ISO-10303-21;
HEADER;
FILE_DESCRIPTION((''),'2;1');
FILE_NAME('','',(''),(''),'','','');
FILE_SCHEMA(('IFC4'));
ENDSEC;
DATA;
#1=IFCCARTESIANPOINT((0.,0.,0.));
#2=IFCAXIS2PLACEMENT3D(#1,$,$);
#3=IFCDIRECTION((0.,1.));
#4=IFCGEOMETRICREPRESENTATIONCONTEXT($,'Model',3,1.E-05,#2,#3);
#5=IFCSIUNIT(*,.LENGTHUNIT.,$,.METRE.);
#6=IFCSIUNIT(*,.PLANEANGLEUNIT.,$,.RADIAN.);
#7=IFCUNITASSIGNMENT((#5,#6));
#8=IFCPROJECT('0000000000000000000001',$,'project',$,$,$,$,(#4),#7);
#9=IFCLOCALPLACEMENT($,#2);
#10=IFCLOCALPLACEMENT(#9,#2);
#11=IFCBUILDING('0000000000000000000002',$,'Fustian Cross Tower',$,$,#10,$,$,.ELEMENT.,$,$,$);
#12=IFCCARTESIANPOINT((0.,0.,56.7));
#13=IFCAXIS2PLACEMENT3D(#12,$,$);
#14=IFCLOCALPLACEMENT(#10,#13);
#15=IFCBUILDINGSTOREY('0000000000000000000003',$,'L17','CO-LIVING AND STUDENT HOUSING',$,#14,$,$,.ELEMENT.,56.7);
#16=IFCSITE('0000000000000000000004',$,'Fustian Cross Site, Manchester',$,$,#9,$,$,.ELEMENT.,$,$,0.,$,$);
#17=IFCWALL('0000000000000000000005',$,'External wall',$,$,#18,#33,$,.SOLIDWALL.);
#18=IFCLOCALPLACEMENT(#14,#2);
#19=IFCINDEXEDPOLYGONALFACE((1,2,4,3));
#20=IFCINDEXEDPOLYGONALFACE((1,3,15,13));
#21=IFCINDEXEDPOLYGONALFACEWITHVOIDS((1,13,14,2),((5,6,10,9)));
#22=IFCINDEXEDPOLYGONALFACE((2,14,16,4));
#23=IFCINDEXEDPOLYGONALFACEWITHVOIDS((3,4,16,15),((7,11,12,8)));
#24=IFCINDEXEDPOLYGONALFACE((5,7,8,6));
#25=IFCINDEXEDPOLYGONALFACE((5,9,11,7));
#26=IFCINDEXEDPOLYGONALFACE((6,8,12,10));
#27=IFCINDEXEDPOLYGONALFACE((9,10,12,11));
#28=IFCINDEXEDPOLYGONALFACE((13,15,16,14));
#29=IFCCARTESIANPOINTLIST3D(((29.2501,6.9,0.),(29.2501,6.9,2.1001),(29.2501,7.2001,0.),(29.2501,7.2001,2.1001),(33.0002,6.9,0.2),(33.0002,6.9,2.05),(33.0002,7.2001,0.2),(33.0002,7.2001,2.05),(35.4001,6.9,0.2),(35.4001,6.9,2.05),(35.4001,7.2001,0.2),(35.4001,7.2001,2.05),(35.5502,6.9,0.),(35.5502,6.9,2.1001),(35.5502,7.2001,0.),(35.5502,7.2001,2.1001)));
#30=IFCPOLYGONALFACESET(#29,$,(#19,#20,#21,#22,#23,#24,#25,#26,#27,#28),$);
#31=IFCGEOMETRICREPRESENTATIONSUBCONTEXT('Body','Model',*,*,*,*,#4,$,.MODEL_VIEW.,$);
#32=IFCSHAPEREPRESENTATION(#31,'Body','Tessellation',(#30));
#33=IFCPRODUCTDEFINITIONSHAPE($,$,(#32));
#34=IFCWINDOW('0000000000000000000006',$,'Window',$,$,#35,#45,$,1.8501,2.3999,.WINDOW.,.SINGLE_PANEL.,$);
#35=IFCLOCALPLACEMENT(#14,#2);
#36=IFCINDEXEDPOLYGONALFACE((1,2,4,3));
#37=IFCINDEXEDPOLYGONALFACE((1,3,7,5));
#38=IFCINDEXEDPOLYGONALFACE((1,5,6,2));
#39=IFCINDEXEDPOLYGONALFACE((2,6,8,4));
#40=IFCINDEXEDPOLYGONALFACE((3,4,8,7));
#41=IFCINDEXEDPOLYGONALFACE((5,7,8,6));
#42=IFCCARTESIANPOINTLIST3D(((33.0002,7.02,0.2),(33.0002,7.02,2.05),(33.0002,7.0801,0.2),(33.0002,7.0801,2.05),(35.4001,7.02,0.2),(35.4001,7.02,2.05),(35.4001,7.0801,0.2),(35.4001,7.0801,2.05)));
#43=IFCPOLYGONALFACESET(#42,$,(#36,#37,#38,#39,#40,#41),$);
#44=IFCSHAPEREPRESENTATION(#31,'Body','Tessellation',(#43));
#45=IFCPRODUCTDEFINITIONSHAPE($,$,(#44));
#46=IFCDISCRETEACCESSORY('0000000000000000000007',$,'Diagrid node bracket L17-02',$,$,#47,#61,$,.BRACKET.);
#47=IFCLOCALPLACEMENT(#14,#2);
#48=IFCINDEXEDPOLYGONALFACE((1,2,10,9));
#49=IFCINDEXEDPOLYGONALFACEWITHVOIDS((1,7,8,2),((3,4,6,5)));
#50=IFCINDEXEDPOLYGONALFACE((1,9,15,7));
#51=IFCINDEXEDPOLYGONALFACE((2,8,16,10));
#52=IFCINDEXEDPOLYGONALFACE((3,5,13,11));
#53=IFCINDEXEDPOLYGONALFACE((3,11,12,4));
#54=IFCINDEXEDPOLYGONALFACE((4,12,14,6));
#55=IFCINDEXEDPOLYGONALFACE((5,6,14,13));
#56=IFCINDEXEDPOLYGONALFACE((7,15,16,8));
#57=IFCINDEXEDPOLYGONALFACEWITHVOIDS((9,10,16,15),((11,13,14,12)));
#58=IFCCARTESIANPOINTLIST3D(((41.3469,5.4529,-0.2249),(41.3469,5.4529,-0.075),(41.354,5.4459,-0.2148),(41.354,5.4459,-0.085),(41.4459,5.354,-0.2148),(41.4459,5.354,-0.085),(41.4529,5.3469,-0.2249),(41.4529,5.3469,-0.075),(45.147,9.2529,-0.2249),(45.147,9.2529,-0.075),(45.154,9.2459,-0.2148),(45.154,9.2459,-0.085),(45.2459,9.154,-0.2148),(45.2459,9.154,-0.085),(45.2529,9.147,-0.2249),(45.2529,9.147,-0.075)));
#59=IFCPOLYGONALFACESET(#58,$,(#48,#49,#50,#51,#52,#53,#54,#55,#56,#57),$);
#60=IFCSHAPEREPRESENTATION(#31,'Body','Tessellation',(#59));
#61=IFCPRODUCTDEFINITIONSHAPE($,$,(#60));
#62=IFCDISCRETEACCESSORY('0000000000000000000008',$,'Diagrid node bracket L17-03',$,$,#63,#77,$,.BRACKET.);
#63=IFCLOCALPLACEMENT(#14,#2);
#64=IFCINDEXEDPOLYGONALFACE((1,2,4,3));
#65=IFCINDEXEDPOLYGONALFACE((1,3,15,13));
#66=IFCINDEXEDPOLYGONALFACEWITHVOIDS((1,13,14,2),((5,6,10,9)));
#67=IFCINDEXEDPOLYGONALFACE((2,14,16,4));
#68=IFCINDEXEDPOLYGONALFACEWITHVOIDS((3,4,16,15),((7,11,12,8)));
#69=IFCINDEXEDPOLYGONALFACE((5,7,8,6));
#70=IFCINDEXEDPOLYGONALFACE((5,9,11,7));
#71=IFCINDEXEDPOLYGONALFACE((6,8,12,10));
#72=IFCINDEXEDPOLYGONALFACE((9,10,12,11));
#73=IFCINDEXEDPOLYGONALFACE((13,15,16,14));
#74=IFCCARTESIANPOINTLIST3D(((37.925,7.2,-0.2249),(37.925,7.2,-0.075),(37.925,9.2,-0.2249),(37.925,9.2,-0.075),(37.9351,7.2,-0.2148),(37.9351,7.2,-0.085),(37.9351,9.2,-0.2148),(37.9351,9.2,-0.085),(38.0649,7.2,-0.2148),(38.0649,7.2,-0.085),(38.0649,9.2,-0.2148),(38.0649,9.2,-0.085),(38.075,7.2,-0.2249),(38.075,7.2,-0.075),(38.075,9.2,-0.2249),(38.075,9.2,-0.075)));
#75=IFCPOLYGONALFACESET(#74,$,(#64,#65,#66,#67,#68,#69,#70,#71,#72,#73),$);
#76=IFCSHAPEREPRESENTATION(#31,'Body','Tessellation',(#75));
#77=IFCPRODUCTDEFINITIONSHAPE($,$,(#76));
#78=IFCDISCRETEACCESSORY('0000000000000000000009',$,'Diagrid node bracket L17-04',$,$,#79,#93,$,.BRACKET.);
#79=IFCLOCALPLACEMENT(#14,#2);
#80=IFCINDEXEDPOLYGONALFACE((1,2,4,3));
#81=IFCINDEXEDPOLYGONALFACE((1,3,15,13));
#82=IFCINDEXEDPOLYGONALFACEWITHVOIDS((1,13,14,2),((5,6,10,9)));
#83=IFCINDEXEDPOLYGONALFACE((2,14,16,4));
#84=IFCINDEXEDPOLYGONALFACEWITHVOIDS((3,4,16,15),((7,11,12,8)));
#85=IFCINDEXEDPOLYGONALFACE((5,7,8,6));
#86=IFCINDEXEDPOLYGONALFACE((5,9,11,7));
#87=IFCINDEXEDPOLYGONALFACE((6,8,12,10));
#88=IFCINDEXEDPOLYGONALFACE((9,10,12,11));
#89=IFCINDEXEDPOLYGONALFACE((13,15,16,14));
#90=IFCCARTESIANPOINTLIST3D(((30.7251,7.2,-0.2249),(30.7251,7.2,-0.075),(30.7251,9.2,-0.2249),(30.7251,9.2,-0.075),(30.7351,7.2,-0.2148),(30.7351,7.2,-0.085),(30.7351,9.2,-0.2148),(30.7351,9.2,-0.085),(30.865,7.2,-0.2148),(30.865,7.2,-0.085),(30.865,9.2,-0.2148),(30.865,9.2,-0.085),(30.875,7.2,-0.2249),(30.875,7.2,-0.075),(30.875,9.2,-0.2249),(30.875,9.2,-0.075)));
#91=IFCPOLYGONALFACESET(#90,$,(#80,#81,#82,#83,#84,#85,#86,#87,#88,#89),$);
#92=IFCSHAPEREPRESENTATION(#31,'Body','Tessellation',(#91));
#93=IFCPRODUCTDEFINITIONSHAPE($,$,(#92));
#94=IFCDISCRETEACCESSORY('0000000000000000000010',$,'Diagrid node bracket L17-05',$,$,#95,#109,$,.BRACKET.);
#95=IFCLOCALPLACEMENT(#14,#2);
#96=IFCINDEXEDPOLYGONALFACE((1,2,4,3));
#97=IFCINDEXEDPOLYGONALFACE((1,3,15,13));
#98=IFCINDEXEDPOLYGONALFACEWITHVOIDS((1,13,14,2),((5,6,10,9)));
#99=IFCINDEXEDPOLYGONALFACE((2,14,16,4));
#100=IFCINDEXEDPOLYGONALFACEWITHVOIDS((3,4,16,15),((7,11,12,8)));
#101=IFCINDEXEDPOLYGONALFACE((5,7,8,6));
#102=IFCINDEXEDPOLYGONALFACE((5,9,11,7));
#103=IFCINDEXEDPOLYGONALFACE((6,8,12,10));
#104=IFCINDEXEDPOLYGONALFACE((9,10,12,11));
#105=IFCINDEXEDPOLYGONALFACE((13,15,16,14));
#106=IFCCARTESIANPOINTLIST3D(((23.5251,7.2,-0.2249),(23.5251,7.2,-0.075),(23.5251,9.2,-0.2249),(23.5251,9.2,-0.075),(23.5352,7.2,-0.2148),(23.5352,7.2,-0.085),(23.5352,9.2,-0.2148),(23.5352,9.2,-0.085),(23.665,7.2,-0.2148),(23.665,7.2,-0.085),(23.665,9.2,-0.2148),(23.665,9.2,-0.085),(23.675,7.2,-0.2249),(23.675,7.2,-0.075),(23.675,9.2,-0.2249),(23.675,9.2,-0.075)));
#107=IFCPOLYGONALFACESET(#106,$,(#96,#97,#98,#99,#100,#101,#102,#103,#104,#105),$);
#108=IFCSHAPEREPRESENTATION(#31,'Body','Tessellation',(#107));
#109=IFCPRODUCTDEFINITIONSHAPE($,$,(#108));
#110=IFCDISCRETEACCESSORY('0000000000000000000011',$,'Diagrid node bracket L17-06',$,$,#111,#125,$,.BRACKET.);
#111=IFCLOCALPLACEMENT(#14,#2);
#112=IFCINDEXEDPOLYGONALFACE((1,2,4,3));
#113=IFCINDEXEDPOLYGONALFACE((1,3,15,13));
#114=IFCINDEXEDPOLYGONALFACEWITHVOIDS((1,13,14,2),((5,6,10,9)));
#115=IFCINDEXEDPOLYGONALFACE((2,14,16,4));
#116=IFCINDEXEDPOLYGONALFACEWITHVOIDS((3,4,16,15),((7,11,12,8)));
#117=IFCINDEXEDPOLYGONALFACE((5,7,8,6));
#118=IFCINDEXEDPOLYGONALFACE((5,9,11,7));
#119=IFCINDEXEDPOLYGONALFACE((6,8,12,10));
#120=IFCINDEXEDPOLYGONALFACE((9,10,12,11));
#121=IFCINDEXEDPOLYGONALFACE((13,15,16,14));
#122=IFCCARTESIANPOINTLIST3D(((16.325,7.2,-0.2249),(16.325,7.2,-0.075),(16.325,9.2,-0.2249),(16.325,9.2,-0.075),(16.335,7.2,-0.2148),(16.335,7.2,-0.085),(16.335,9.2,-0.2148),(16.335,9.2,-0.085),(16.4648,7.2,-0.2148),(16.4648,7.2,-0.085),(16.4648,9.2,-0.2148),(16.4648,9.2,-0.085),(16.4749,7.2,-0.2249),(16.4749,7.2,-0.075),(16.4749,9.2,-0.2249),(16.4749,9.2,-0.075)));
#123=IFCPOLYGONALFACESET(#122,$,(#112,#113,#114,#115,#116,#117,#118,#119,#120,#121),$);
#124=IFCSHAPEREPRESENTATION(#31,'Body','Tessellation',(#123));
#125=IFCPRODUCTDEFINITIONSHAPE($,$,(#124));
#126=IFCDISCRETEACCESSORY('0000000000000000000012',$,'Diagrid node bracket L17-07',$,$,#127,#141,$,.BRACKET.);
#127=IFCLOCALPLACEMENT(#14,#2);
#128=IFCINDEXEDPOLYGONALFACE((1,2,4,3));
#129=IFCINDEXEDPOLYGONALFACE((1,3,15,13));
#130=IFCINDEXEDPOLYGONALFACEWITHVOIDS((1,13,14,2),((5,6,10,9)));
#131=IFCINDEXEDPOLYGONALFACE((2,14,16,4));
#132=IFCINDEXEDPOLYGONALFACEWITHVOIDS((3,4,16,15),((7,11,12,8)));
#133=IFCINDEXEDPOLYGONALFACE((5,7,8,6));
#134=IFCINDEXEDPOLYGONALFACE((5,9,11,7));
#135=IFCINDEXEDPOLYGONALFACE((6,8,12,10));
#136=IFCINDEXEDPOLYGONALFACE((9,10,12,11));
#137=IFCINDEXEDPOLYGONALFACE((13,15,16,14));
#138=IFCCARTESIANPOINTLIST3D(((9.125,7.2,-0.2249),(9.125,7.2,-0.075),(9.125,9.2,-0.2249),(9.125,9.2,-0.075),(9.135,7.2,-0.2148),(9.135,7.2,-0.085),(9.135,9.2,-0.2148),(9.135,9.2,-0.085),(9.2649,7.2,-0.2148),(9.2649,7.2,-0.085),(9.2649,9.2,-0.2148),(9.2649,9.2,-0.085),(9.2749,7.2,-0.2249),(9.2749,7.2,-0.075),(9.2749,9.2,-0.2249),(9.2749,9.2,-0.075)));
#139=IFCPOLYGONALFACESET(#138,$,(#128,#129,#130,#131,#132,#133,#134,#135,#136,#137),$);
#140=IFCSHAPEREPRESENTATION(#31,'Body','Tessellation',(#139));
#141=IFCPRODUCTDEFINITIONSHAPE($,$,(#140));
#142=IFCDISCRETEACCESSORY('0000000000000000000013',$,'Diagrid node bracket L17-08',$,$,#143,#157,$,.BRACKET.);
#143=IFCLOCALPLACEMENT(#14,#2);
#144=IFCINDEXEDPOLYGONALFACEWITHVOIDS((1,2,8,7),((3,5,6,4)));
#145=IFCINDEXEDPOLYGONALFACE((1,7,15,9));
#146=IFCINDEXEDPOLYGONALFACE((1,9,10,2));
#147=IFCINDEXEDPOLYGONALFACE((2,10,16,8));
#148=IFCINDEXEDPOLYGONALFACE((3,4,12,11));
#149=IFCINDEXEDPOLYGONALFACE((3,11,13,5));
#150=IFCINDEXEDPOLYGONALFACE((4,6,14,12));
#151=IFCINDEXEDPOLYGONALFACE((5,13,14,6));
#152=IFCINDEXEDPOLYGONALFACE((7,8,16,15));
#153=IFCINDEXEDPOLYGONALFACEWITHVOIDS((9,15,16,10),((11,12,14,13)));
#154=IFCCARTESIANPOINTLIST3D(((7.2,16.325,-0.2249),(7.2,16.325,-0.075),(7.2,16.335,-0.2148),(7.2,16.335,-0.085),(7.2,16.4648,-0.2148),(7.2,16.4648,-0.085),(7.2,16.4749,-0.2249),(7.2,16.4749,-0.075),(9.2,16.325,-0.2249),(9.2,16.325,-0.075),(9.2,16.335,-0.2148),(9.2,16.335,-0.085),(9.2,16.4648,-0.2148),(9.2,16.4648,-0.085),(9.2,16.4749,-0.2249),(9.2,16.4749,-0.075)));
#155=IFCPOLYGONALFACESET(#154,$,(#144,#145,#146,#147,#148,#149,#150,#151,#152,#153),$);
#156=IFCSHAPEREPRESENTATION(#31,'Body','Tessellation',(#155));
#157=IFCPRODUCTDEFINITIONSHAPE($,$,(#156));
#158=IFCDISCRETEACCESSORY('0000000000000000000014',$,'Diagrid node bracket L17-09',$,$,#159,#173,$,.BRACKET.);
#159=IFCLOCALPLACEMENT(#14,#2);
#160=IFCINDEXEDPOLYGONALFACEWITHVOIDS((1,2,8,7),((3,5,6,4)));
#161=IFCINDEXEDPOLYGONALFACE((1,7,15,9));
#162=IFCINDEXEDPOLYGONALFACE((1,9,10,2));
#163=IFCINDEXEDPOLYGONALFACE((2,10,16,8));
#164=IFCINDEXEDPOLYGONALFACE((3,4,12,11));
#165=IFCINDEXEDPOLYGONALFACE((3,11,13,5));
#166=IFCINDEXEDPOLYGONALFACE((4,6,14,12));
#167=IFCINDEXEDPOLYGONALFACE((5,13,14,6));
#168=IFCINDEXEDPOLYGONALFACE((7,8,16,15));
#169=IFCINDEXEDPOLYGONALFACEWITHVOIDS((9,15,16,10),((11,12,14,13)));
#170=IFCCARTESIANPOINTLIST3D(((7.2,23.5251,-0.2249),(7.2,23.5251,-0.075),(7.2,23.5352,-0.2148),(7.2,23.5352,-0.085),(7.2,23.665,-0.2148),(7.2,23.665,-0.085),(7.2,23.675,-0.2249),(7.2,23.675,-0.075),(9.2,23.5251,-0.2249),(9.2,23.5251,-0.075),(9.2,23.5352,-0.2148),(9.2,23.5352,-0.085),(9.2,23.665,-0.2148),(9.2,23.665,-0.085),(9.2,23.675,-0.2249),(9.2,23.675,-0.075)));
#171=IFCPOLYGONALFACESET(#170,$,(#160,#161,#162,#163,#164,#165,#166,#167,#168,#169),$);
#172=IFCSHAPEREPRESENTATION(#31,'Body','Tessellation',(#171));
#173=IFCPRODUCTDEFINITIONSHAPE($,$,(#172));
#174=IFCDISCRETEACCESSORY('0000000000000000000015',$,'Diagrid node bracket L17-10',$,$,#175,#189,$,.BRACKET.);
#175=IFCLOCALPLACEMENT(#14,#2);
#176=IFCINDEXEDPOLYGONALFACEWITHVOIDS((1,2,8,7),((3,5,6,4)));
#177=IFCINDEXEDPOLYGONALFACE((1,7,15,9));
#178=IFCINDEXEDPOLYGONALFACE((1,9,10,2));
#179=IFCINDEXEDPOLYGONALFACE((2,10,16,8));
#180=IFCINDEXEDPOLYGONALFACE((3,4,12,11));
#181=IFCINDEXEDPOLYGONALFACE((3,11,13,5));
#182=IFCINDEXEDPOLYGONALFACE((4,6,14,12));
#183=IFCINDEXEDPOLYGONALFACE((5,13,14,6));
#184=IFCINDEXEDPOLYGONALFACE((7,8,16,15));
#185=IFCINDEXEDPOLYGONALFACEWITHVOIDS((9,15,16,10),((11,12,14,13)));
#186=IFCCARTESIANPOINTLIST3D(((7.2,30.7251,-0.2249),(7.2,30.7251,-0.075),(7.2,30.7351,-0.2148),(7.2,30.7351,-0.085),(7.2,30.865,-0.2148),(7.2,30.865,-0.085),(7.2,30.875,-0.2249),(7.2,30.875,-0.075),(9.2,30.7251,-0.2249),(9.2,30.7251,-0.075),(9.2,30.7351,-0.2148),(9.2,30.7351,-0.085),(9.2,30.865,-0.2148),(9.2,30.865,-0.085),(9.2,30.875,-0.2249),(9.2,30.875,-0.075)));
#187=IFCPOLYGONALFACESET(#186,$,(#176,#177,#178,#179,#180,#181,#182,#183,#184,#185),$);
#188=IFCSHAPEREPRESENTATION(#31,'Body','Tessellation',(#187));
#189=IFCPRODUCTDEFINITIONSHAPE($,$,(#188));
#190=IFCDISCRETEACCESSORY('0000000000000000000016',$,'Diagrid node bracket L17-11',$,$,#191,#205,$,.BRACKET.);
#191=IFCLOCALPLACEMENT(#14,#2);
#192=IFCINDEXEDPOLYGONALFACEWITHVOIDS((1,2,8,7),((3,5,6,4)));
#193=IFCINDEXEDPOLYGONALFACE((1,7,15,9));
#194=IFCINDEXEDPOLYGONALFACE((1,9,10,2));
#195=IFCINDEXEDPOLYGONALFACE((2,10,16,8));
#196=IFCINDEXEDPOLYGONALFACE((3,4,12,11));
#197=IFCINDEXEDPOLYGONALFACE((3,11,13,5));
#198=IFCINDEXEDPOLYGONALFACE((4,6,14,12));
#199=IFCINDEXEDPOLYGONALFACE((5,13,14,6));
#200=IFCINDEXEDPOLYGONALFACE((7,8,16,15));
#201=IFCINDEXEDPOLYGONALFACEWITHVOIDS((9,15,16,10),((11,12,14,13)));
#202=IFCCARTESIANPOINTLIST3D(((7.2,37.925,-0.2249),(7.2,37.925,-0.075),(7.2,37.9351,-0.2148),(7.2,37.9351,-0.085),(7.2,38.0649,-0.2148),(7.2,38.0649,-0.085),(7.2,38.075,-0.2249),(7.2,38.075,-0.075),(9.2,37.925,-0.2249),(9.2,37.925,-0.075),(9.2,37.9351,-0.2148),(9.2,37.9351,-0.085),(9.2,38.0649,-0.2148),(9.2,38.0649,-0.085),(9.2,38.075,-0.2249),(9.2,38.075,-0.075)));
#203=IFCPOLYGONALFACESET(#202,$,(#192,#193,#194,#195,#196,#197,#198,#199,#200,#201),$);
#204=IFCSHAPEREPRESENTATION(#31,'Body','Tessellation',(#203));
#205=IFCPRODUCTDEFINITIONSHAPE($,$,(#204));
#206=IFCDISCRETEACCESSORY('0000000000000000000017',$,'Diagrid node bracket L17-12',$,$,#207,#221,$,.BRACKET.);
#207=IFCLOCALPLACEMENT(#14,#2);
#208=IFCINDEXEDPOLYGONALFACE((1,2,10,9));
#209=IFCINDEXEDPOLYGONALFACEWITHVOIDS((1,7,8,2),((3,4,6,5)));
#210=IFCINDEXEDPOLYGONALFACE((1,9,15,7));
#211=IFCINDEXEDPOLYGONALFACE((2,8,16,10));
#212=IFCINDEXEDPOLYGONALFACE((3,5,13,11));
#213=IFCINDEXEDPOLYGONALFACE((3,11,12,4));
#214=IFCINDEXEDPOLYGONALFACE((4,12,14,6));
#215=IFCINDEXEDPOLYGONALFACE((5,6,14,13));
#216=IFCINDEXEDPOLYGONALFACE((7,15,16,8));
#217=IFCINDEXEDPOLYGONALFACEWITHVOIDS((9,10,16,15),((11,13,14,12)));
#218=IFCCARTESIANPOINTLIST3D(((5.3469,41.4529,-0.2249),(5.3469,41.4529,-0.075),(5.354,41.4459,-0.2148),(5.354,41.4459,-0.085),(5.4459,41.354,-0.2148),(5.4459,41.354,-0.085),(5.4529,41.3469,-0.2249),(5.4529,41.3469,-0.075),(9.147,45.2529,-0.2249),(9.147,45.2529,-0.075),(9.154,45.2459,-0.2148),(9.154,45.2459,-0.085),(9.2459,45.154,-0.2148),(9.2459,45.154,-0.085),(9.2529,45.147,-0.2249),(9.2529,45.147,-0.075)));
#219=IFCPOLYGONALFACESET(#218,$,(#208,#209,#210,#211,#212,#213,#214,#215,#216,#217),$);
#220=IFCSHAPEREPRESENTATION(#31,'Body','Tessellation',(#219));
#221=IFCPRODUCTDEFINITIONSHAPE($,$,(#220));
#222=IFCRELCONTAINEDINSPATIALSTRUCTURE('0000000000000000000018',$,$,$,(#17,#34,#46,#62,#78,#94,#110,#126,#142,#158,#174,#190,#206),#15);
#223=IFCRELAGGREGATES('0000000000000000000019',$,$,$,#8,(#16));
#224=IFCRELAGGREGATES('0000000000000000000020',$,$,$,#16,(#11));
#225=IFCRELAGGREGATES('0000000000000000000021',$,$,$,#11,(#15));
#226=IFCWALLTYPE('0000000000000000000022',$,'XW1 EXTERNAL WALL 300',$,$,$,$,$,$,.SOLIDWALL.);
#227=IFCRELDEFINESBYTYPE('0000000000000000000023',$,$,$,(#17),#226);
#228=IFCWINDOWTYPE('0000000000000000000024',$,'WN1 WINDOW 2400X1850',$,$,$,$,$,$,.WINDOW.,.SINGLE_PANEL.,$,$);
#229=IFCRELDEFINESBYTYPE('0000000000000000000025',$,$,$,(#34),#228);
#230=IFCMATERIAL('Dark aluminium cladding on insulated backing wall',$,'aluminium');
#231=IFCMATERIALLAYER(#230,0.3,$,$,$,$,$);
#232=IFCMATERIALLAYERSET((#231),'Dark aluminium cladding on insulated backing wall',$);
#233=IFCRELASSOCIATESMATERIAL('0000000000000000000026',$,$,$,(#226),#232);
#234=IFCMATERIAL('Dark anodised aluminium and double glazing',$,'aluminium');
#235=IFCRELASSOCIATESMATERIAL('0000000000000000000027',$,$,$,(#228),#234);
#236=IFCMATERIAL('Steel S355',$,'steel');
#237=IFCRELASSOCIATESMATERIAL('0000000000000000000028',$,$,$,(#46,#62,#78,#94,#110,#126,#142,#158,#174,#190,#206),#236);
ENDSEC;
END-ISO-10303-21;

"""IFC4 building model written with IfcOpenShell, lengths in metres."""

from ifc_helpers import new_model, si_unit, direction, frame, frame_2d, origin, origin_2d, place, context, subcontext, project, spatial, rectangle, hollow_rectangle, extrude, material, layer, layer_set, type_object, element, fill, save


model = new_model("IFC4")

# Units and contexts
model_context = context("Model", 3, precision=1e-05, world=origin(), true_north=direction((0.0, 1.0)))
body_context = subcontext(model_context, "Body", "Model", "MODEL_VIEW")
ifc_project = project(units=[si_unit("LENGTHUNIT", "METRE"), si_unit("PLANEANGLEUNIT", "RADIAN")], contexts=[model_context])

# Site, building, storey
site_placement = place(None, origin())
site = spatial("IfcSite", under=ifc_project, at=site_placement, Name="Fustian Cross Site, Manchester", CompositionType="ELEMENT", RefElevation=0.0)
building_placement = place(site_placement, origin())
building = spatial("IfcBuilding", under=site, at=building_placement, Name="Fustian Cross Tower", CompositionType="ELEMENT")
storey_placement = place(building_placement, frame((0.0, 0.0, 56.7)))
storey = spatial("IfcBuildingStorey", under=building, at=storey_placement, Name="L17", Description="CO-LIVING AND STUDENT HOUSING", CompositionType="ELEMENT", Elevation=56.7)

# Wall, opening, window
ifc_material_1 = material(Name="Dark aluminium cladding on insulated backing wall", Category="aluminium")
ifc_layer = layer(ifc_material_1, 0.3)
ifc_layer_set = layer_set([ifc_layer], Name="Dark aluminium cladding on insulated backing wall")
wall_type = type_object("IfcWallType", Name="XW1 EXTERNAL WALL 300", PredefinedType="SOLIDWALL", material=ifc_layer_set)
wall_1_placement = place(storey_placement, frame((35.55, 7.05, 0.0), z_axis=(0.0, 0.0, 1.0), x_axis=(-1.0, 0.0, 0.0)))
wall_1 = element("IfcWall", 1, at=wall_1_placement, inside=storey, type_object=wall_type, Name="External wall", PredefinedType="SOLIDWALL", context=body_context, shape_type="SweptSolid", body=[
    extrude(rectangle(XDim=6.3, YDim=0.3, at=frame_2d((3.1499, 0.0))), origin(), (0.0, 0.0, 1.0), 2.1001),
])
opening_1_placement = place(wall_1_placement, frame((0.1499, 0.0, 0.2)))
opening_1 = element("IfcOpeningElement", 2, at=opening_1_placement, cuts=wall_1, PredefinedType="OPENING", context=body_context, shape_type="SweptSolid", body=[
    extrude(rectangle(XDim=2.3999, YDim=1.8501, at=frame_2d((1.2, 0.925))), frame((0.0, 0.1599, 0.0), z_axis=(0.0, -1.0, 0.0), x_axis=(1.0, 0.0, 0.0)), (0.0, 0.0, 1.0), 0.3201),
])
ifc_material_2 = material(Name="Dark anodised aluminium and double glazing", Category="aluminium")
window_type_1 = type_object("IfcWindowType", Name="WN1 WINDOW 2400X1850", PartitioningType="SINGLE_PANEL", PredefinedType="WINDOW", material=ifc_material_2)
window_1_placement = place(opening_1_placement, origin())
window_1 = element("IfcWindow", 3, at=window_1_placement, inside=storey, type_object=window_type_1, Name="Window", OverallHeight=1.8501, OverallWidth=2.3999, PartitioningType="SINGLE_PANEL", PredefinedType="WINDOW", context=body_context, shape_type="SweptSolid", body=[
    extrude(rectangle(XDim=2.3999, YDim=1.8501, at=frame_2d((1.2, 0.925))), frame((0.0, 0.03, 0.0), z_axis=(0.0, -1.0, 0.0), x_axis=(1.0, 0.0, 0.0)), (0.0, 0.0, 1.0), 0.0601),
])
fill(opening_1, window_1)

# Discrete accessories
ifc_material_3 = material(Name="Steel S355", Category="steel")
discrete_accessory_1_placement = place(storey_placement, frame((45.2, 9.2, -0.1499), z_axis=(-0.707107, -0.707107, 0.0), x_axis=(0.707107, -0.707107, 0.0)))
element("IfcDiscreteAccessory", 4, at=discrete_accessory_1_placement, inside=storey, material=ifc_material_3, Name="Diagrid node bracket L17-02", PredefinedType="BRACKET", context=body_context, shape_type="SweptSolid", body=[
    extrude(hollow_rectangle(XDim=0.1499, YDim=0.1499, WallThickness=0.01, at=origin_2d()), origin(), (0.0, 0.0, 1.0), 5.374),
])
for number, where, z_axis, x_axis, name in (
    (5, (38.0, 9.2, -0.1499), (0.0, -1.0, 0.0), (1.0, 0.0, 0.0), "Diagrid node bracket L17-03"),
    (6, (30.8, 9.2, -0.1499), (0.0, -1.0, 0.0), (1.0, 0.0, 0.0), "Diagrid node bracket L17-04"),
    (7, (23.6001, 9.2, -0.1499), (0.0, -1.0, 0.0), (1.0, 0.0, 0.0), "Diagrid node bracket L17-05"),
    (8, (16.3999, 9.2, -0.1499), (0.0, -1.0, 0.0), (1.0, 0.0, 0.0), "Diagrid node bracket L17-06"),
    (9, (9.2, 9.2, -0.1499), (0.0, -1.0, 0.0), (1.0, 0.0, 0.0), "Diagrid node bracket L17-07"),
    (10, (9.2, 16.3999, -0.1499), (-1.0, 0.0, 0.0), (0.0, -1.0, 0.0), "Diagrid node bracket L17-08"),
    (11, (9.2, 23.6001, -0.1499), (-1.0, 0.0, 0.0), (0.0, -1.0, 0.0), "Diagrid node bracket L17-09"),
    (12, (9.2, 30.8, -0.1499), (-1.0, 0.0, 0.0), (0.0, -1.0, 0.0), "Diagrid node bracket L17-10"),
    (13, (9.2, 38.0, -0.1499), (-1.0, 0.0, 0.0), (0.0, -1.0, 0.0), "Diagrid node bracket L17-11"),
):
    element("IfcDiscreteAccessory", number, at=place(storey_placement, frame(where, z_axis=z_axis, x_axis=x_axis)), inside=storey, material=ifc_material_3, Name=name, PredefinedType="BRACKET", context=body_context, shape_type="SweptSolid", body=[
        extrude(hollow_rectangle(XDim=0.1499, YDim=0.1499, WallThickness=0.01, at=origin_2d()), origin(), (0.0, 0.0, 1.0), 2.0),
    ])
discrete_accessory_2_placement = place(storey_placement, frame((9.2, 45.2, -0.1499), z_axis=(-0.707107, -0.707107, 0.0), x_axis=(0.707107, -0.707107, 0.0)))
element("IfcDiscreteAccessory", 14, at=discrete_accessory_2_placement, inside=storey, material=ifc_material_3, Name="Diagrid node bracket L17-12", PredefinedType="BRACKET", context=body_context, shape_type="SweptSolid", body=[
    extrude(hollow_rectangle(XDim=0.1499, YDim=0.1499, WallThickness=0.01, at=origin_2d()), origin(), (0.0, 0.0, 1.0), 5.374),
])

save(model, "model.ifc")
